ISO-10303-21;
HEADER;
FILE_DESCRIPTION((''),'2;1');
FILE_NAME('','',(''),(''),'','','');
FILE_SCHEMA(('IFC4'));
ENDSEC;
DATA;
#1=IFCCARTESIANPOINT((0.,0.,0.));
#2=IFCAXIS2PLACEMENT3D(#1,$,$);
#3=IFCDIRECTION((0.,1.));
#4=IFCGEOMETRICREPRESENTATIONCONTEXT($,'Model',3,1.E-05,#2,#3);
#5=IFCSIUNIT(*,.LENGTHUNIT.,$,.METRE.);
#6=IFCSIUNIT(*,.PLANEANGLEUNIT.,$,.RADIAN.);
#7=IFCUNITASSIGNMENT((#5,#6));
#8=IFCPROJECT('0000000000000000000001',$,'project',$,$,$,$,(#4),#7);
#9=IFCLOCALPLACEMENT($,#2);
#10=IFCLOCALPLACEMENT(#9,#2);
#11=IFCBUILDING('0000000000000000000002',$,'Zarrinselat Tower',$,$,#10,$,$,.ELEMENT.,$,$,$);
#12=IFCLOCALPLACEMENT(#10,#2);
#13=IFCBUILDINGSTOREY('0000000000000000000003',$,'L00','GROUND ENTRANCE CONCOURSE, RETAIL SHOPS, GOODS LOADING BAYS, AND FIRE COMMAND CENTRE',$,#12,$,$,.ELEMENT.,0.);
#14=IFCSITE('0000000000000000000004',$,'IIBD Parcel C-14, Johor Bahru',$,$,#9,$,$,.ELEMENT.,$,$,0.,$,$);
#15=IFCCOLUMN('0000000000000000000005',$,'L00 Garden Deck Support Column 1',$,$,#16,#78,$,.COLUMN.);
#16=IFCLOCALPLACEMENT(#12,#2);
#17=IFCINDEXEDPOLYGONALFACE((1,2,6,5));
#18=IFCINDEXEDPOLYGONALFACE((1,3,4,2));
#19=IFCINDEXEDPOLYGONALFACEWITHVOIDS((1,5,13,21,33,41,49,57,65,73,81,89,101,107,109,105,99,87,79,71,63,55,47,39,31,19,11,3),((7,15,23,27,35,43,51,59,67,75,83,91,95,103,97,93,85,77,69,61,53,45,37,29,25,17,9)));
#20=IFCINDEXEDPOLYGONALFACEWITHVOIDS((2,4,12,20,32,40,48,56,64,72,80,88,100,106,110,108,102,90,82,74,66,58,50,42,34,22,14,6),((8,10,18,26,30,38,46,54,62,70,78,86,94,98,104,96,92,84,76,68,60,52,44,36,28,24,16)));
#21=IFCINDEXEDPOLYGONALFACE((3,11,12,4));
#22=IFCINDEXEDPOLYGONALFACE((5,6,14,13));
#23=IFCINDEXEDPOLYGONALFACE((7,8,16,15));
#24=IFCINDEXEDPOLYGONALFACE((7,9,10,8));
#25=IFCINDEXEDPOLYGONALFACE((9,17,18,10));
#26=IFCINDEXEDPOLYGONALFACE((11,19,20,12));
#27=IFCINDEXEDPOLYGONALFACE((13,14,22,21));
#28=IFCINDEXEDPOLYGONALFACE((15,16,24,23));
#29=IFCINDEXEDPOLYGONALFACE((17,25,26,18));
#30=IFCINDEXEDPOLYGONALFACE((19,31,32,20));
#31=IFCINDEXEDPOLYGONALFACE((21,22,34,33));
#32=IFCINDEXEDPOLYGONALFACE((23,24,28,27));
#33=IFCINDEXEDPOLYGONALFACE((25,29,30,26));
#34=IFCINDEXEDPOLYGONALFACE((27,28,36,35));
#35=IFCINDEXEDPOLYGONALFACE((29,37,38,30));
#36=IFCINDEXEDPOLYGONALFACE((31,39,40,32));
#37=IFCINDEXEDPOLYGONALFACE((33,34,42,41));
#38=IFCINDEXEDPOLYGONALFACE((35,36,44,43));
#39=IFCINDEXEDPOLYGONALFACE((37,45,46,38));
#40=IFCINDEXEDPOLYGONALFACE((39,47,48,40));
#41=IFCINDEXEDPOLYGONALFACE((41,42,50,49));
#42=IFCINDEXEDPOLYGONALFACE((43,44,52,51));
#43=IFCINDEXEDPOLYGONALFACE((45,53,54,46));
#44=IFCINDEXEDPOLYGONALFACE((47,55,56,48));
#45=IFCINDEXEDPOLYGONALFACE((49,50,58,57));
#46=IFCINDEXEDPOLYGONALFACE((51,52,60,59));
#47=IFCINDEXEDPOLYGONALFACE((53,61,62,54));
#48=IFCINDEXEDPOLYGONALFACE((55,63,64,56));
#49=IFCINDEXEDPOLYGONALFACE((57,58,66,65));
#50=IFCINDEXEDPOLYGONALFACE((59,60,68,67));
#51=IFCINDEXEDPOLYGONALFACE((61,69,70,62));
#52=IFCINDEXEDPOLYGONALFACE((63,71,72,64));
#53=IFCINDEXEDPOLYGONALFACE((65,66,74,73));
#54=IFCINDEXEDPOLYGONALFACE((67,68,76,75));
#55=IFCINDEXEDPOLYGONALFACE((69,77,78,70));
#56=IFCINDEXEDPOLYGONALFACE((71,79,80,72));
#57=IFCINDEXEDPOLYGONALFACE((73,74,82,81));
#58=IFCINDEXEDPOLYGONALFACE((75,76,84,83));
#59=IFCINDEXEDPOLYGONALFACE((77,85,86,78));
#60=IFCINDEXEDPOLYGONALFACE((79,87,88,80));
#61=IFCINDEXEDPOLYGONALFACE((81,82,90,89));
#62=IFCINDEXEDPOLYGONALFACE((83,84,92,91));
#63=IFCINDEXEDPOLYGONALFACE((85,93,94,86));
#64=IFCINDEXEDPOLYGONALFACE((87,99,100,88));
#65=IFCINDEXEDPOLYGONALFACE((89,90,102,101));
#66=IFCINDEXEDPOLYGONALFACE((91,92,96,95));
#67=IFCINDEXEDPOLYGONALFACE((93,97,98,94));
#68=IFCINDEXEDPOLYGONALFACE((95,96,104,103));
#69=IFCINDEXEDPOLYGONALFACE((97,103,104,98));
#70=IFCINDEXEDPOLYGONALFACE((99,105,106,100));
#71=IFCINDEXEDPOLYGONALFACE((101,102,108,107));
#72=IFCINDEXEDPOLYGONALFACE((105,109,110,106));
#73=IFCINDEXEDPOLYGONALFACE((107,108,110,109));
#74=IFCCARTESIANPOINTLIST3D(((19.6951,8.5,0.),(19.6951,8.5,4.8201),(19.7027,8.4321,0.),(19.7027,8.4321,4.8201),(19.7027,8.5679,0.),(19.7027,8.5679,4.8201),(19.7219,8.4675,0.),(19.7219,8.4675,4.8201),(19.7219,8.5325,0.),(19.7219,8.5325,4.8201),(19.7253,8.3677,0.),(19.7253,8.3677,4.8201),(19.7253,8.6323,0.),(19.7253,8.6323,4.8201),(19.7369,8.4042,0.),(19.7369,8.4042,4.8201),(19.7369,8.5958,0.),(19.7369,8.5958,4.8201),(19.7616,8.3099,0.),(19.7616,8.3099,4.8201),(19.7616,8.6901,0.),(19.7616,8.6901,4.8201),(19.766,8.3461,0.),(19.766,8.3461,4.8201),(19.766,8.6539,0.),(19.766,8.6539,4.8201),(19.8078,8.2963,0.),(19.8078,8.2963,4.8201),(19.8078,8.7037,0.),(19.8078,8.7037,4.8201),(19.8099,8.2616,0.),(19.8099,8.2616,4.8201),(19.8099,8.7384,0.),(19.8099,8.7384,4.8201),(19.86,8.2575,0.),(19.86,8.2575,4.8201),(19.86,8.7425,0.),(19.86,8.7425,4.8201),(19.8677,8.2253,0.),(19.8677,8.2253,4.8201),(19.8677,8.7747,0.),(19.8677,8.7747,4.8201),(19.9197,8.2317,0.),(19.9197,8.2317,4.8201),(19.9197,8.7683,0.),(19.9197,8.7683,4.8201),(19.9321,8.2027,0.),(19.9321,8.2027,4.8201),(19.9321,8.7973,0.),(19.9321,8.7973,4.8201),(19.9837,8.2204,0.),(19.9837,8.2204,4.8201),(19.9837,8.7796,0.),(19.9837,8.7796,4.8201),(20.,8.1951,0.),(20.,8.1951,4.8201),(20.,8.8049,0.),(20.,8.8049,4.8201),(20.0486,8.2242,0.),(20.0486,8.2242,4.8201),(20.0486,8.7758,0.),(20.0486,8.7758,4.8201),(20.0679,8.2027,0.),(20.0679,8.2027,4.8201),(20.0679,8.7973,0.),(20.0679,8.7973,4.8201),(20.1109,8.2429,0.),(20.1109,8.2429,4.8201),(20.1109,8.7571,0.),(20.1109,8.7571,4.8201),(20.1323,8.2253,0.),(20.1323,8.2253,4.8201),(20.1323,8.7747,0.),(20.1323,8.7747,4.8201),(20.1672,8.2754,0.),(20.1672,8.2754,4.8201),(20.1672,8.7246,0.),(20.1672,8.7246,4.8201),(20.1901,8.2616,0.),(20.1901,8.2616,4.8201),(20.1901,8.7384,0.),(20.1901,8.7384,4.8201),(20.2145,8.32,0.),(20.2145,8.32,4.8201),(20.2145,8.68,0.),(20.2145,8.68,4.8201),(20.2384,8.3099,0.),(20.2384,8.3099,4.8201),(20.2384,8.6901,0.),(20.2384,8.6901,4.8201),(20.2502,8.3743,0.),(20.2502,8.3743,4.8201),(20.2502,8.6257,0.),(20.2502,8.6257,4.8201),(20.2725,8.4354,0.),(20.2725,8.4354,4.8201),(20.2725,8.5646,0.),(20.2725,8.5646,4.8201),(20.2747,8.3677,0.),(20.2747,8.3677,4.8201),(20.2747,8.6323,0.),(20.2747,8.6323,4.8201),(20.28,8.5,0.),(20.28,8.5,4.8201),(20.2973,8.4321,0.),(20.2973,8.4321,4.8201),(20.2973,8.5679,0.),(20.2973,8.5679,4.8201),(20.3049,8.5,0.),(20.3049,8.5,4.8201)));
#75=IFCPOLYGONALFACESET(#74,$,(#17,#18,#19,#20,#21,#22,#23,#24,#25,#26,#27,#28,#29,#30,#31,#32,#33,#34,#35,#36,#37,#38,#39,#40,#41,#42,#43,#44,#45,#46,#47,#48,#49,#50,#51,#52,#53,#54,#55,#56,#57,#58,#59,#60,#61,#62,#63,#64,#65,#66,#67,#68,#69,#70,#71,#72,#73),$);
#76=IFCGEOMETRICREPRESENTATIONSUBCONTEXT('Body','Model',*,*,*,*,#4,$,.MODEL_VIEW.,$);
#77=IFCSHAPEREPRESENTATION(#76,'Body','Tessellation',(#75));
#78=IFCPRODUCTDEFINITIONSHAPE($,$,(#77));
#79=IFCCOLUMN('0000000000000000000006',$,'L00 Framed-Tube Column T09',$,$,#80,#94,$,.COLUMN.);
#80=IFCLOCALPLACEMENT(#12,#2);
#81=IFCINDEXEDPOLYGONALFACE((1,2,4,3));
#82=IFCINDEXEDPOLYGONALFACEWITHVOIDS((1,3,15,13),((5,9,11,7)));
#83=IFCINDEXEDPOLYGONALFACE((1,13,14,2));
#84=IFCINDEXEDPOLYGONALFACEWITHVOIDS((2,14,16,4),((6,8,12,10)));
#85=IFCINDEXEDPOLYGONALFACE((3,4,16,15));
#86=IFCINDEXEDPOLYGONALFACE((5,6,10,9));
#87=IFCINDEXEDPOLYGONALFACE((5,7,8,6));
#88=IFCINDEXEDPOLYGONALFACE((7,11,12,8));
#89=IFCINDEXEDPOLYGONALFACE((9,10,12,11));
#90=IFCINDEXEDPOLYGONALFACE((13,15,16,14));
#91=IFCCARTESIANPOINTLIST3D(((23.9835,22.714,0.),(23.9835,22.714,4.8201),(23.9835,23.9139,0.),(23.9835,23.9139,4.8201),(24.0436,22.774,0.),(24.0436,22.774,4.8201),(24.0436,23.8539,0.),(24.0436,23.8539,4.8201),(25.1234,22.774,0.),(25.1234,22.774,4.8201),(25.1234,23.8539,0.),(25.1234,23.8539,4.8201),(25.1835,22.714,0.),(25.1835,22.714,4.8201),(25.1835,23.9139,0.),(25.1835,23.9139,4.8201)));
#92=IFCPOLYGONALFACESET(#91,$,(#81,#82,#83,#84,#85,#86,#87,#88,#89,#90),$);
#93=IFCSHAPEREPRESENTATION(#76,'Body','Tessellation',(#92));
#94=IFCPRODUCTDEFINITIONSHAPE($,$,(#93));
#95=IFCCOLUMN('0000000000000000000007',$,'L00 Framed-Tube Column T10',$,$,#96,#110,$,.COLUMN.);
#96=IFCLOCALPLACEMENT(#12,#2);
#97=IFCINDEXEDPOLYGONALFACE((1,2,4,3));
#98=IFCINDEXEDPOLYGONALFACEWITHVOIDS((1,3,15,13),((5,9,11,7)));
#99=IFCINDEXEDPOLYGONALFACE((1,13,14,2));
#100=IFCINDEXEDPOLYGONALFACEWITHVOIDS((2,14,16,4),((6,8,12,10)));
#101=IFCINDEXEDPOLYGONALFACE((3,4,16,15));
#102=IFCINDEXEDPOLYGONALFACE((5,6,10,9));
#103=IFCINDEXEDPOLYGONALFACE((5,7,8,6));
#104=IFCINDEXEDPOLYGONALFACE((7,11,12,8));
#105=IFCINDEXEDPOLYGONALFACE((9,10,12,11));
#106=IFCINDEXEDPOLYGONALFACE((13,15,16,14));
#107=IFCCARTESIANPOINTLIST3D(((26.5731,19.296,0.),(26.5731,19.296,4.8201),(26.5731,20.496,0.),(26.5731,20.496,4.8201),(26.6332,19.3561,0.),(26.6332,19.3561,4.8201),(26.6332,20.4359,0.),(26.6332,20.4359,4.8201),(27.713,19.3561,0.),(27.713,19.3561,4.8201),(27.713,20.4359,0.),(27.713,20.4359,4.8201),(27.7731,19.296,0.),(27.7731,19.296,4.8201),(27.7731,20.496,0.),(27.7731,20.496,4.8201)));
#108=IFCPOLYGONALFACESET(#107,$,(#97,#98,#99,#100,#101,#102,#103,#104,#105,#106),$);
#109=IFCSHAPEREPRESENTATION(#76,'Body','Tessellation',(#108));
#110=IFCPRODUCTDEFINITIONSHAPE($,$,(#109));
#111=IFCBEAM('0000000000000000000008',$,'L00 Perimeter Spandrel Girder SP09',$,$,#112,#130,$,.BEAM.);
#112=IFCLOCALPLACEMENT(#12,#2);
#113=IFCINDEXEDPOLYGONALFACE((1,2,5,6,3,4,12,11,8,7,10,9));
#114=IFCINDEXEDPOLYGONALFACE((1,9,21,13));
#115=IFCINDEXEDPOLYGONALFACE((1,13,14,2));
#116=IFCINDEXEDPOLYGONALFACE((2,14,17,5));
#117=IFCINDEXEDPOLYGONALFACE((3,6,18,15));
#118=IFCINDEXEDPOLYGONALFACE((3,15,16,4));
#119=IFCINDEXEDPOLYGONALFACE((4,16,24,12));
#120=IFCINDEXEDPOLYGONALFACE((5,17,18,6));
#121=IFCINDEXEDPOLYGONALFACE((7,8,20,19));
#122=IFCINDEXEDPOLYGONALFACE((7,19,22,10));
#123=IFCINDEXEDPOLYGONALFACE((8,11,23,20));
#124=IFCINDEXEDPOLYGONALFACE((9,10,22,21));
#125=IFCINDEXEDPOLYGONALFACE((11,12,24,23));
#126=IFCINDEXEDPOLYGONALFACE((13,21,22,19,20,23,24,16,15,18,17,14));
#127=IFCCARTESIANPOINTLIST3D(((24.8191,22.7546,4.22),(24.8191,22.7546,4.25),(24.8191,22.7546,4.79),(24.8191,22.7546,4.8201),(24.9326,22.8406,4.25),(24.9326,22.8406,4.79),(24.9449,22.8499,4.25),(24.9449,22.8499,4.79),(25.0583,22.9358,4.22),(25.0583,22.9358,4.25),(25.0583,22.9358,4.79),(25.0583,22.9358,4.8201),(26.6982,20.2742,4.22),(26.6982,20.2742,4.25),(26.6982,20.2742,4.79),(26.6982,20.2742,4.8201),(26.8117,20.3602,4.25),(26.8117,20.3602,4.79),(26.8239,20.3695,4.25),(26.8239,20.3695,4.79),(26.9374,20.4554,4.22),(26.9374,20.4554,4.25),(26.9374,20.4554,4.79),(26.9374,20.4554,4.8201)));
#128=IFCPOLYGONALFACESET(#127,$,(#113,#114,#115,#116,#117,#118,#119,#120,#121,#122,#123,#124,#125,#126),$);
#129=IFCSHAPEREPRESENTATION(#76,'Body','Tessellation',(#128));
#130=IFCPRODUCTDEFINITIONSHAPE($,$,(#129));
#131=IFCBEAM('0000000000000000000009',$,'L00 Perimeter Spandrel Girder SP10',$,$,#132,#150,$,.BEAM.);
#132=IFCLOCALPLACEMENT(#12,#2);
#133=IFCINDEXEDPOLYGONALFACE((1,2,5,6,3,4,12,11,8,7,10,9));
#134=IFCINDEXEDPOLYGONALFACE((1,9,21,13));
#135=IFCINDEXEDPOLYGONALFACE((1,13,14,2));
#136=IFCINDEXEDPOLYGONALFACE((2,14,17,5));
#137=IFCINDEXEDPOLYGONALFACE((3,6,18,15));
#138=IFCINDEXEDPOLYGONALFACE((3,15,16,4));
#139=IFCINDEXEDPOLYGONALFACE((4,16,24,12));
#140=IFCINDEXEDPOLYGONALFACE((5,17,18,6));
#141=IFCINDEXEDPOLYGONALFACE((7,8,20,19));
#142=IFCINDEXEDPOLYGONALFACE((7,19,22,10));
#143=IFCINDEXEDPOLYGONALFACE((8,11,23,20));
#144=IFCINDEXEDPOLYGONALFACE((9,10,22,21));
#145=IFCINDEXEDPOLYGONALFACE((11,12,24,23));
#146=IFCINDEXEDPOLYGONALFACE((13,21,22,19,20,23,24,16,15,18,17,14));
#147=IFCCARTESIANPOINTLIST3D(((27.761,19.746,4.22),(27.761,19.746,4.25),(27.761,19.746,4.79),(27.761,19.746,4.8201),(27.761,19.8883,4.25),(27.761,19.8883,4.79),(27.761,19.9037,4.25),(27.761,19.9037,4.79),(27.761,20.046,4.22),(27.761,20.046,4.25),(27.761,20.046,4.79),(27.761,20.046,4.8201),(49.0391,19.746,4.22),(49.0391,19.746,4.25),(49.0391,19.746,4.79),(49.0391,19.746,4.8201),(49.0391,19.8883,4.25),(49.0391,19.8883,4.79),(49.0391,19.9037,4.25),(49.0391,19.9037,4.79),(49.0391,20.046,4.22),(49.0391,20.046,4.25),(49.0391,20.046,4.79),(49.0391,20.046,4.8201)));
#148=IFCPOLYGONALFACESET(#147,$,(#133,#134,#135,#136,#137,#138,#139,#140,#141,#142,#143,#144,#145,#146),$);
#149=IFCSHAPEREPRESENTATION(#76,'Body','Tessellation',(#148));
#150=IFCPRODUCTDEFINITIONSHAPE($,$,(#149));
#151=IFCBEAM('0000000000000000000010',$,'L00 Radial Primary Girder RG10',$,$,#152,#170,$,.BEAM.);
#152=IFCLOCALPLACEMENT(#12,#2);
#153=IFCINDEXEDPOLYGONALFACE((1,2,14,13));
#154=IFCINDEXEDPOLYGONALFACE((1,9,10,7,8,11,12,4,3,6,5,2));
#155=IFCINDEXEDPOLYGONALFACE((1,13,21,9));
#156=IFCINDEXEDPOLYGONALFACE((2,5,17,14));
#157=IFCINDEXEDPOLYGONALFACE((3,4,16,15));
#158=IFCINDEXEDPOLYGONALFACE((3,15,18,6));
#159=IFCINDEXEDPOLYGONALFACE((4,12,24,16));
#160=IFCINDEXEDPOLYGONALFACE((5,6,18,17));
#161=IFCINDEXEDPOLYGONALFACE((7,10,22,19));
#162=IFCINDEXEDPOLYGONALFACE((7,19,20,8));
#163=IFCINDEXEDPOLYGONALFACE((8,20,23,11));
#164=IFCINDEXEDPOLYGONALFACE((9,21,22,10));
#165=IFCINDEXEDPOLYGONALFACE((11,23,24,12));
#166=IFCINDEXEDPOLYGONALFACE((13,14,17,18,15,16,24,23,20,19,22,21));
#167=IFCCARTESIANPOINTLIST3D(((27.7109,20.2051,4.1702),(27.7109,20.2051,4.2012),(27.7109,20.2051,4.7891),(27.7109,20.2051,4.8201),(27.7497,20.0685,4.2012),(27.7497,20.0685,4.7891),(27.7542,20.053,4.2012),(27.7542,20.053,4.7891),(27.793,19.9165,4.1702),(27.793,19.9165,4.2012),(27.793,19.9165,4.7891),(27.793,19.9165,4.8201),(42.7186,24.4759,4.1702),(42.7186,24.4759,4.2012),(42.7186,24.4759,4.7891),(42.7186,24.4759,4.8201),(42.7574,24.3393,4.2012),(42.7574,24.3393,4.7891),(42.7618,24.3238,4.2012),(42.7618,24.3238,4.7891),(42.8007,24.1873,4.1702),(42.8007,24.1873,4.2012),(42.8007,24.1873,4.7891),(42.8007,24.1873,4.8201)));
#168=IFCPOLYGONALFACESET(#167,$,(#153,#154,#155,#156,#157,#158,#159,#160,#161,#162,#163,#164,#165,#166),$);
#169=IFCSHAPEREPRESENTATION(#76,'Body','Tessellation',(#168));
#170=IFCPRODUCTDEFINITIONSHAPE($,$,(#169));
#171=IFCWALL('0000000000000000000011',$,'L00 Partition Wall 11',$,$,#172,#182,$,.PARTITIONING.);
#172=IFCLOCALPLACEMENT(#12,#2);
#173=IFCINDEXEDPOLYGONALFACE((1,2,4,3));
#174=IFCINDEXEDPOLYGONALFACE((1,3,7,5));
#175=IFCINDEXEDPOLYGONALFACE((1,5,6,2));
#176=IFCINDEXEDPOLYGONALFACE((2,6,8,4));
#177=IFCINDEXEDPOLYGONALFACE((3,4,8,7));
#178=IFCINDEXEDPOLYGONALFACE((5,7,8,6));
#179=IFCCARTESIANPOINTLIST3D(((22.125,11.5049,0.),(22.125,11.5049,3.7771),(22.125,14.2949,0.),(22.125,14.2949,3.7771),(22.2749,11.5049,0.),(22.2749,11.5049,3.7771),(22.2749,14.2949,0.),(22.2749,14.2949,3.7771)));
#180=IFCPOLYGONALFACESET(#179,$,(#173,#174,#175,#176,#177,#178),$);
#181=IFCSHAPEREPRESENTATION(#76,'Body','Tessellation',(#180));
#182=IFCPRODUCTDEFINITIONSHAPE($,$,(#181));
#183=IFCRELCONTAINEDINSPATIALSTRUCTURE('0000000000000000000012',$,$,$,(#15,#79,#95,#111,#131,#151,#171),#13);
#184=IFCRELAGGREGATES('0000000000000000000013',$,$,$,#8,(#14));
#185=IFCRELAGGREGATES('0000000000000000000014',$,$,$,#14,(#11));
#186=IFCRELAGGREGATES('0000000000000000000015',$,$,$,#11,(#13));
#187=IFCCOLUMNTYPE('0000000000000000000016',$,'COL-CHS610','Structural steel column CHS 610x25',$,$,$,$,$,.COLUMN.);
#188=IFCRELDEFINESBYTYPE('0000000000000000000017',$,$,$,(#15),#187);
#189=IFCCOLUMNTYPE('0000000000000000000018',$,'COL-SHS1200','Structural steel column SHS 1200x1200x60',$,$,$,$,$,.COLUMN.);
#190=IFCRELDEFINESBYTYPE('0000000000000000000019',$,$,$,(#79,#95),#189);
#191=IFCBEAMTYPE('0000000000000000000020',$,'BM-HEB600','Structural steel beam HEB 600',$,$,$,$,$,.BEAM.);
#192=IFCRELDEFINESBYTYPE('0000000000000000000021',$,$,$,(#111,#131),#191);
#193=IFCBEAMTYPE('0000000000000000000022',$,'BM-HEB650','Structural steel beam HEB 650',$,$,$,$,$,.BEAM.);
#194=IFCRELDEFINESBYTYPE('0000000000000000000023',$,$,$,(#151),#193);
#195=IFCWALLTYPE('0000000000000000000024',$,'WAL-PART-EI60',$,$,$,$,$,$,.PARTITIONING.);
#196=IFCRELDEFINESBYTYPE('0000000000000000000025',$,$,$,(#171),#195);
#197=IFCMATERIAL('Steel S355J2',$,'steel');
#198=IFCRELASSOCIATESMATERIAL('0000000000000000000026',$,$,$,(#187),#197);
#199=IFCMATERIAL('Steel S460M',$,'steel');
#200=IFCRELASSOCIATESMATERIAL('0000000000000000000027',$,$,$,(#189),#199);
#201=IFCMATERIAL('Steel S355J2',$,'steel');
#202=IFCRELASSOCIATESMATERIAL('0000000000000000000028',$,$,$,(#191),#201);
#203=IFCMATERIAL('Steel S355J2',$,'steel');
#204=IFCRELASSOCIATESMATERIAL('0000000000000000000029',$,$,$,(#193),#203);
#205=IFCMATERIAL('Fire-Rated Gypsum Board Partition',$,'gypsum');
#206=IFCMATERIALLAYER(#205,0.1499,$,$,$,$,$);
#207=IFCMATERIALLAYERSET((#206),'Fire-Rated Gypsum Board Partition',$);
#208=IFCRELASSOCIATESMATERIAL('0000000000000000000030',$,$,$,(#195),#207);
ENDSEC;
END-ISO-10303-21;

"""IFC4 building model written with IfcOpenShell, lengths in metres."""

from ifc_helpers import new_model, si_unit, direction, frame, frame_2d, origin, origin_2d, place, context, subcontext, project, spatial, rectangle, hollow_rectangle, hollow_circle, i_section, extrude, material, layer, layer_set, material_profile, profile_set, type_object, element, save


model = new_model("IFC4")

# Units and contexts
model_context = context("Model", 3, precision=1e-05, world=origin(), true_north=direction((0.0, 1.0)))
body_context = subcontext(model_context, "Body", "Model", "MODEL_VIEW")
ifc_project = project(units=[si_unit("LENGTHUNIT", "METRE"), si_unit("PLANEANGLEUNIT", "RADIAN")], contexts=[model_context])

# Site, building, storey
site_placement = place(None, origin())
site = spatial("IfcSite", under=ifc_project, at=site_placement, Name="IIBD Parcel C-14, Johor Bahru", CompositionType="ELEMENT", RefElevation=0.0)
building_placement = place(site_placement, origin())
building = spatial("IfcBuilding", under=site, at=building_placement, Name="Zarrinselat Tower", CompositionType="ELEMENT")
storey_placement = place(building_placement, origin())
storey = spatial("IfcBuildingStorey", under=building, at=storey_placement, Name="L00", Description="GROUND ENTRANCE CONCOURSE, RETAIL SHOPS, GOODS LOADING BAYS, AND FIRE COMMAND CENTRE", CompositionType="ELEMENT", Elevation=0.0)

# Columns
ifc_material_1 = material(Name="Steel S355J2", Category="steel")
ifc_material_profile_1 = material_profile(ifc_material_1, hollow_circle(Radius=0.3049, WallThickness=0.0249, at=origin_2d()), Name="CHS 610x25")
ifc_profile_set_1 = profile_set([ifc_material_profile_1], Name="Steel S355J2")
column_type_1 = type_object("IfcColumnType", Name="COL-CHS610", Description="Structural steel column CHS 610x25", PredefinedType="COLUMN", material=ifc_profile_set_1)
column_placement = place(storey_placement, frame((20.0, 8.5, 0.0), z_axis=(0.0, 0.0, 1.0), x_axis=(1.0, 0.0, 0.0)))
element("IfcColumn", 1, at=column_placement, inside=storey, type_object=column_type_1, Name="L00 Garden Deck Support Column 1", PredefinedType="COLUMN", context=body_context, shape_type="SweptSolid", body=[
    extrude(hollow_circle(Radius=0.3049, WallThickness=0.0249, at=origin_2d()), origin(), (0.0, 0.0, 1.0), 4.8201),
])
ifc_material_2 = material(Name="Steel S460M", Category="steel")
ifc_material_profile_2 = material_profile(ifc_material_2, hollow_rectangle(XDim=1.2, YDim=1.2, WallThickness=0.0601, at=origin_2d()), Name="SHS 1200x1200x60")
ifc_profile_set_2 = profile_set([ifc_material_profile_2], Name="Steel S460M")
column_type_2 = type_object("IfcColumnType", Name="COL-SHS1200", Description="Structural steel column SHS 1200x1200x60", PredefinedType="COLUMN", material=ifc_profile_set_2)
for number, where, z_axis, x_axis, name in (
    (2, (24.5835, 23.314, 0.0), (0.0, 0.0, 1.0), (1.0, 0.0, 0.0), "L00 Framed-Tube Column T09"),
    (3, (27.1731, 19.896, 0.0), (0.0, 0.0, 1.0), (1.0, 0.0, 0.0), "L00 Framed-Tube Column T10"),
):
    element("IfcColumn", number, at=place(storey_placement, frame(where, z_axis=z_axis, x_axis=x_axis)), inside=storey, type_object=column_type_2, Name=name, PredefinedType="COLUMN", context=body_context, shape_type="SweptSolid", body=[
        extrude(hollow_rectangle(XDim=1.2, YDim=1.2, WallThickness=0.0601, at=origin_2d()), origin(), (0.0, 0.0, 1.0), 4.8201),
    ])

# Beams
ifc_material_3 = material(Name="Steel S355J2", Category="steel")
ifc_material_profile_3 = material_profile(ifc_material_3, i_section(OverallWidth=0.3, OverallDepth=0.6001, WebThickness=0.0154, FlangeThickness=0.03, at=origin_2d()), Name="HEB 600")
ifc_profile_set_3 = profile_set([ifc_material_profile_3], Name="Steel S355J2")
beam_type_1 = type_object("IfcBeamType", Name="BM-HEB600", Description="Structural steel beam HEB 600", PredefinedType="BEAM", material=ifc_profile_set_3)
beam_1_placement = place(storey_placement, frame((24.9387, 22.8452, 4.52), z_axis=(0.603859, -0.797091, 0.0), x_axis=(0.797091, 0.603859, 0.0)))
element("IfcBeam", 4, at=beam_1_placement, inside=storey, type_object=beam_type_1, Name="L00 Perimeter Spandrel Girder SP09", PredefinedType="BEAM", context=body_context, shape_type="SweptSolid", body=[
    extrude(i_section(OverallWidth=0.3, OverallDepth=0.6001, WebThickness=0.0154, FlangeThickness=0.03, at=origin_2d()), origin(), (0.0, 0.0, 1.0), 3.1118),
])
beam_2_placement = place(storey_placement, frame((27.761, 19.896, 4.52), z_axis=(1.0, 0.0, 0.0), x_axis=(0.0, 1.0, 0.0)))
element("IfcBeam", 5, at=beam_2_placement, inside=storey, type_object=beam_type_1, Name="L00 Perimeter Spandrel Girder SP10", PredefinedType="BEAM", context=body_context, shape_type="SweptSolid", body=[
    extrude(i_section(OverallWidth=0.3, OverallDepth=0.6001, WebThickness=0.0154, FlangeThickness=0.03, at=origin_2d()), origin(), (0.0, 0.0, 1.0), 21.2781),
])
ifc_material_4 = material(Name="Steel S355J2", Category="steel")
ifc_material_profile_4 = material_profile(ifc_material_4, i_section(OverallWidth=0.3, OverallDepth=0.6499, WebThickness=0.0161, FlangeThickness=0.031, at=origin_2d()), Name="HEB 650")
ifc_profile_set_4 = profile_set([ifc_material_profile_4], Name="Steel S355J2")
beam_type_2 = type_object("IfcBeamType", Name="BM-HEB650", Description="Structural steel beam HEB 650", PredefinedType="BEAM", material=ifc_profile_set_4)
beam_3_placement = place(storey_placement, frame((27.752, 20.0608, 4.4951), z_axis=(0.961813, 0.273706, 0.0), x_axis=(-0.273706, 0.961813, 0.0)))
element("IfcBeam", 6, at=beam_3_placement, inside=storey, type_object=beam_type_2, Name="L00 Radial Primary Girder RG10", PredefinedType="BEAM", context=body_context, shape_type="SweptSolid", body=[
    extrude(i_section(OverallWidth=0.3, OverallDepth=0.6499, WebThickness=0.0161, FlangeThickness=0.031, at=origin_2d()), origin(), (0.0, 0.0, 1.0), 15.6035),
])

# Wall
ifc_material_5 = material(Name="Fire-Rated Gypsum Board Partition", Category="gypsum")
ifc_layer_1 = layer(ifc_material_5, 0.1499)
ifc_layer_set_1 = layer_set([ifc_layer_1], Name="Fire-Rated Gypsum Board Partition")
wall_type_1 = type_object("IfcWallType", Name="WAL-PART-EI60", PredefinedType="PARTITIONING", material=ifc_layer_set_1)
for number, where, z_axis, x_axis, name in (
    (7, (22.2, 11.5049, 0.0), (0.0, 0.0, 1.0), (0.0, 1.0, 0.0), "L00 Partition Wall 11"),
):
    element("IfcWall", number, at=place(storey_placement, frame(where, z_axis=z_axis, x_axis=x_axis)), inside=storey, type_object=wall_type_1, Name=name, PredefinedType="PARTITIONING", context=body_context, shape_type="SweptSolid", body=[
        extrude(rectangle(XDim=2.79, YDim=0.1499, at=frame_2d((1.395, 0.0))), origin(), (0.0, 0.0, 1.0), 3.7771),
    ])

save(model, "model.ifc")
